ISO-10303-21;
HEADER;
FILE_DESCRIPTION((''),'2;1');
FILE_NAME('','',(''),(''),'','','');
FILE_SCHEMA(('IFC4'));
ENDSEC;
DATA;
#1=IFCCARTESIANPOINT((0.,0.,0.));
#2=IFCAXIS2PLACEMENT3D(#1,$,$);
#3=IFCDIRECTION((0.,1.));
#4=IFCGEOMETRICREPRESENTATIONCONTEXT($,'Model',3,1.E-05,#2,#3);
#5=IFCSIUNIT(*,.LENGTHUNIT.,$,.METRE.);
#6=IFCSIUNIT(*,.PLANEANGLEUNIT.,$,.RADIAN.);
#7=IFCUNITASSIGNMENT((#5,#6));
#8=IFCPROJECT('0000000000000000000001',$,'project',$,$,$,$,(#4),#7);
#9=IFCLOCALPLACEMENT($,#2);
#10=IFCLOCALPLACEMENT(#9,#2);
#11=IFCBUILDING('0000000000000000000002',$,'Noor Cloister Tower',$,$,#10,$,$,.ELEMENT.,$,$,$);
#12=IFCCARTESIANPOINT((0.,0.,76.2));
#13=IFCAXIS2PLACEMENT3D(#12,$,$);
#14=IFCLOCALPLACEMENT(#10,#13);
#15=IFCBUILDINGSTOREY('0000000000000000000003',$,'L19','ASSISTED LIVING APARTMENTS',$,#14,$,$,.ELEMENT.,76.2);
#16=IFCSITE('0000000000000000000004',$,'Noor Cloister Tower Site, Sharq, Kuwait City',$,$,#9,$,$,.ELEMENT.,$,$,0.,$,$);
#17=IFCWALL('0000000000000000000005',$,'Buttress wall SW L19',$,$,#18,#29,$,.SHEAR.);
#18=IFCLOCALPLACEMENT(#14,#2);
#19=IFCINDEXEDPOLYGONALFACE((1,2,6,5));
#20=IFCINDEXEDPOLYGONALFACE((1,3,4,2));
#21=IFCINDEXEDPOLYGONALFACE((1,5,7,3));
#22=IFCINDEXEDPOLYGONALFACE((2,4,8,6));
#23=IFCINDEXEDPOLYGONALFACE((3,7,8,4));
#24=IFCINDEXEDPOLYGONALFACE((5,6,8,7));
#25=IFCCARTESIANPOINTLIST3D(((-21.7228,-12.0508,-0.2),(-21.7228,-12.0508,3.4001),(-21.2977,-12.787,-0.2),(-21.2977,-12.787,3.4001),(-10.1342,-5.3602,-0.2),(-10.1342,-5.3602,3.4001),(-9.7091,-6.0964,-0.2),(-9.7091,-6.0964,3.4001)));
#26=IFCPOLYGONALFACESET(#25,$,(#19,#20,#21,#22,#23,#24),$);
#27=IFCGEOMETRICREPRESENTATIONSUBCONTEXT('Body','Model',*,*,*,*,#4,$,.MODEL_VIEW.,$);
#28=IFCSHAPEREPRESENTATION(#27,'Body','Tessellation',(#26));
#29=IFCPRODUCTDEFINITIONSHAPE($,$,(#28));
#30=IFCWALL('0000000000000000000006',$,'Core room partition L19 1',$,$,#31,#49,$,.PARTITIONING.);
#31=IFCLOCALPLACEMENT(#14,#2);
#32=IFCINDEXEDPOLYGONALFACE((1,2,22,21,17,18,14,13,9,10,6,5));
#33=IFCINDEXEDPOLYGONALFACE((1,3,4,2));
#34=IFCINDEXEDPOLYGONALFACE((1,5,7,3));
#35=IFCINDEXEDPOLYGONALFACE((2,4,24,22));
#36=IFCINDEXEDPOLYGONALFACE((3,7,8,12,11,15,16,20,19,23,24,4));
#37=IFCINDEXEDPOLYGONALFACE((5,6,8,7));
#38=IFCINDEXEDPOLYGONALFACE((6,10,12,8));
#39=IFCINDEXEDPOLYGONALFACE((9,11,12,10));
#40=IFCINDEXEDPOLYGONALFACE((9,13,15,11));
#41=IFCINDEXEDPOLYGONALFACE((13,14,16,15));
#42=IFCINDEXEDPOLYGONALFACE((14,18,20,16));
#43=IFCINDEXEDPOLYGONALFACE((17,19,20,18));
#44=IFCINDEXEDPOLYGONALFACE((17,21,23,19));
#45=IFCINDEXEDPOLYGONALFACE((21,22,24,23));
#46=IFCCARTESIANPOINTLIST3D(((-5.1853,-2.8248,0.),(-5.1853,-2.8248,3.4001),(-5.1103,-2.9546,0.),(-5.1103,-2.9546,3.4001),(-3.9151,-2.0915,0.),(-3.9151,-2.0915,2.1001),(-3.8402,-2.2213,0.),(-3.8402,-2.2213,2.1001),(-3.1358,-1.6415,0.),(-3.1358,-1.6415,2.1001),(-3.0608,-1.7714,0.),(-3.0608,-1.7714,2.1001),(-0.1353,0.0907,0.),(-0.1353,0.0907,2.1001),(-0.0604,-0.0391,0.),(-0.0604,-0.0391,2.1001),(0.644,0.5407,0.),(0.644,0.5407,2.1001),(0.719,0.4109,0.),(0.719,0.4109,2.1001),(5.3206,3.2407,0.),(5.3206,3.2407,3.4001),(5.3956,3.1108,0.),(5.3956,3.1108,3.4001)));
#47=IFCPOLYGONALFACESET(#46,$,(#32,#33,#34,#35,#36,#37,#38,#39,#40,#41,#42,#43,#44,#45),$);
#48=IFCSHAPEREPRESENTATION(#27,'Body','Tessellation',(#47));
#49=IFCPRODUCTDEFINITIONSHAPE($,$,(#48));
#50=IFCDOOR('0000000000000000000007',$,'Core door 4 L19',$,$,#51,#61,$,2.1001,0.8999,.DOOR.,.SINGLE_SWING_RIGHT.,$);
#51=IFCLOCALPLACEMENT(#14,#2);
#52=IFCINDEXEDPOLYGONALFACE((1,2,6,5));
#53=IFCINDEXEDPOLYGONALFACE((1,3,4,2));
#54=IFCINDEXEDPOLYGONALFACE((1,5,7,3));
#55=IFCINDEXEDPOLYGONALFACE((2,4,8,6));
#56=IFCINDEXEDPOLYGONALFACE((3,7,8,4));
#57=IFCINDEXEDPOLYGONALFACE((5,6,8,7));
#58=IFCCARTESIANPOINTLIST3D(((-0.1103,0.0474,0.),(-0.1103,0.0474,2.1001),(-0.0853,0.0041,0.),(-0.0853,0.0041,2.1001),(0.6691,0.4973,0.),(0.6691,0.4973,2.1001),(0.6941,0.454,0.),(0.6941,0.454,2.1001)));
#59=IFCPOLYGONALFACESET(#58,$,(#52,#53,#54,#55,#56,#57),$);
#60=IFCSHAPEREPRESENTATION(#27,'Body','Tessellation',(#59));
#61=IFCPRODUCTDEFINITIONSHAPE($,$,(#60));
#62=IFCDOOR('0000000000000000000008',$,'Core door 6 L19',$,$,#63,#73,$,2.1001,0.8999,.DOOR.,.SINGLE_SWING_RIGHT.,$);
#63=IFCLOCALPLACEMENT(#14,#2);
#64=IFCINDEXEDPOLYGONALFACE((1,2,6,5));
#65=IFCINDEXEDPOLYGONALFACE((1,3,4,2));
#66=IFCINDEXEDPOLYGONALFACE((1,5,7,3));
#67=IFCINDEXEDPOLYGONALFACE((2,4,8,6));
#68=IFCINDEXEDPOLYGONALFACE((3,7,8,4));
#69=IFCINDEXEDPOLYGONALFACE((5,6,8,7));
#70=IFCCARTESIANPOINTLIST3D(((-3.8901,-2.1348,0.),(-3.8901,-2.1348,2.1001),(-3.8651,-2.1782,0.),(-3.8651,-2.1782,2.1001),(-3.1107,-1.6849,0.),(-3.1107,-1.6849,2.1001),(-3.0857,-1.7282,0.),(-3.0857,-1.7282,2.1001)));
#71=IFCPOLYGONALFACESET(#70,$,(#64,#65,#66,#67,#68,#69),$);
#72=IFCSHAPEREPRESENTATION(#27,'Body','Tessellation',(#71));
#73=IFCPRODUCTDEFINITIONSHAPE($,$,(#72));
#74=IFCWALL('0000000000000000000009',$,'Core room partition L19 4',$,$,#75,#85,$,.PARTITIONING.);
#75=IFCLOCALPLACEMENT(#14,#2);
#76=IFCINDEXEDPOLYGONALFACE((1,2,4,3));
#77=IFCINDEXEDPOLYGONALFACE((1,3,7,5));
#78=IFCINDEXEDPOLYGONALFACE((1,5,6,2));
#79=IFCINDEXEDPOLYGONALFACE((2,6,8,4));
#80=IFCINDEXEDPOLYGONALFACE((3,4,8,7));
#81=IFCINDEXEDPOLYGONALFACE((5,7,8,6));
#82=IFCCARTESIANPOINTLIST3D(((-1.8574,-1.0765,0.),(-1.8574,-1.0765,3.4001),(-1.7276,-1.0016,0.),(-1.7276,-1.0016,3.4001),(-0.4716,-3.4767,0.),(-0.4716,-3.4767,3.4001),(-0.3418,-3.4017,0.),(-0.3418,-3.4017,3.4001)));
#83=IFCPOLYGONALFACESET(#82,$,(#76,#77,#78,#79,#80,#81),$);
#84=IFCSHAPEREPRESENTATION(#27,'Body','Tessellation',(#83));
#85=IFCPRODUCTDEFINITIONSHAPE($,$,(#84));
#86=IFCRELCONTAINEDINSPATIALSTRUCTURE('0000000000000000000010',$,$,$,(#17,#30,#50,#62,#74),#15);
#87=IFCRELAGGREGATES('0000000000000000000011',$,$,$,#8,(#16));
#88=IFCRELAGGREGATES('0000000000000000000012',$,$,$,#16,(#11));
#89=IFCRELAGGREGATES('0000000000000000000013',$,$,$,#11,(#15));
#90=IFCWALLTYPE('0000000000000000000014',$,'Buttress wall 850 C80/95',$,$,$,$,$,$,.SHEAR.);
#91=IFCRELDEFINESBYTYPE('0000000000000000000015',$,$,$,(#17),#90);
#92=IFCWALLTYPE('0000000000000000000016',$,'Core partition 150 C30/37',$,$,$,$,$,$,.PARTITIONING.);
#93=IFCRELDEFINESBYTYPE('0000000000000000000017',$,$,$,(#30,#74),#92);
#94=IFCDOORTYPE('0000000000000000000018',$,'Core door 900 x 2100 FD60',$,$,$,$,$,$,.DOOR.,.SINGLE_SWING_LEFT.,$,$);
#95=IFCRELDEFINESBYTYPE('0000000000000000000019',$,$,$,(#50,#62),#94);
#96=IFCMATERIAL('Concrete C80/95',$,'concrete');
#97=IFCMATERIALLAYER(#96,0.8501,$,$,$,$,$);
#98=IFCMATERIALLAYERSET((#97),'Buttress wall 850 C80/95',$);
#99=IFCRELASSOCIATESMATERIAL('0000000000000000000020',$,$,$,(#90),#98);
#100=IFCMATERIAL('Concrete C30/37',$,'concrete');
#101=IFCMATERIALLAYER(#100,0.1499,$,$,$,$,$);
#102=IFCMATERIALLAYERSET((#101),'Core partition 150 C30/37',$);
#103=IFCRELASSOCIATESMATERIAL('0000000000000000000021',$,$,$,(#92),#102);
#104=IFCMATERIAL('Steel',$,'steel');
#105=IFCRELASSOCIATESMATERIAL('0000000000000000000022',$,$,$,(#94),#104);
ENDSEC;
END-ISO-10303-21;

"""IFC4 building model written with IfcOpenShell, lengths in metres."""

from ifc_helpers import new_model, si_unit, direction, frame, frame_2d, origin, place, context, subcontext, project, spatial, rectangle, extrude, material, layer, layer_set, type_object, element, fill, save


model = new_model("IFC4")

# Units and contexts
model_context = context("Model", 3, precision=1e-05, world=origin(), true_north=direction((0.0, 1.0)))
body_context = subcontext(model_context, "Body", "Model", "MODEL_VIEW")
ifc_project = project(units=[si_unit("LENGTHUNIT", "METRE"), si_unit("PLANEANGLEUNIT", "RADIAN")], contexts=[model_context])

# Site, building, storey
site_placement = place(None, origin())
site = spatial("IfcSite", under=ifc_project, at=site_placement, Name="Noor Cloister Tower Site, Sharq, Kuwait City", CompositionType="ELEMENT", RefElevation=0.0)
building_placement = place(site_placement, origin())
building = spatial("IfcBuilding", under=site, at=building_placement, Name="Noor Cloister Tower", CompositionType="ELEMENT")
storey_placement = place(building_placement, frame((0.0, 0.0, 76.2)))
storey = spatial("IfcBuildingStorey", under=building, at=storey_placement, Name="L19", Description="ASSISTED LIVING APARTMENTS", CompositionType="ELEMENT", Elevation=76.2)

# Wall
ifc_material_1 = material(Name="Concrete C80/95", Category="concrete")
ifc_layer_1 = layer(ifc_material_1, 0.8501)
ifc_layer_set_1 = layer_set([ifc_layer_1], Name="Buttress wall 850 C80/95")
wall_type_1 = type_object("IfcWallType", Name="Buttress wall 850 C80/95", PredefinedType="SHEAR", material=ifc_layer_set_1)
wall_1_placement = place(storey_placement, frame((-9.9216, -5.7283, -0.2), z_axis=(0.0, 0.0, 1.0), x_axis=(-0.866026, -0.499999, 0.0)))
element("IfcWall", 1, at=wall_1_placement, inside=storey, type_object=wall_type_1, Name="Buttress wall SW L19", PredefinedType="SHEAR", context=body_context, shape_type="SweptSolid", body=[
    extrude(rectangle(XDim=13.3813, YDim=0.8501, at=frame_2d((6.6907, 0.0))), origin(), (0.0, 0.0, 1.0), 3.6001),
])

# Wall, openings, doors
ifc_material_2 = material(Name="Concrete C30/37", Category="concrete")
ifc_layer_2 = layer(ifc_material_2, 0.1499)
ifc_layer_set_2 = layer_set([ifc_layer_2], Name="Core partition 150 C30/37")
wall_type_2 = type_object("IfcWallType", Name="Core partition 150 C30/37", PredefinedType="PARTITIONING", material=ifc_layer_set_2)
wall_2_placement = place(storey_placement, frame((-5.1477, -2.8896, 0.0), z_axis=(0.0, 0.0, 1.0), x_axis=(0.86603, 0.499992, 0.0)))
wall_2 = element("IfcWall", 2, at=wall_2_placement, inside=storey, type_object=wall_type_2, Name="Core room partition L19 1", PredefinedType="PARTITIONING", context=body_context, shape_type="SweptSolid", body=[
    extrude(rectangle(XDim=12.1311, YDim=0.1499, at=frame_2d((6.0654, 0.0))), origin(), (0.0, 0.0, 1.0), 3.4001),
])
opening_1_placement = place(wall_2_placement, frame((5.8311, 0.0, 0.0)))
opening_1 = element("IfcOpeningElement", 3, at=opening_1_placement, cuts=wall_2, PredefinedType="OPENING", context=body_context, shape_type="SweptSolid", body=[
    extrude(rectangle(XDim=0.8999, YDim=2.1001, at=frame_2d((0.45, 1.05))), frame((0.0, 0.085, 0.0), z_axis=(0.0, -1.0, 0.0), x_axis=(1.0, 0.0, 0.0)), (0.0, 0.0, 1.0), 0.1699),
])
opening_2_placement = place(wall_2_placement, frame((1.4666, 0.0, 0.0)))
opening_2 = element("IfcOpeningElement", 4, at=opening_2_placement, cuts=wall_2, PredefinedType="OPENING", context=body_context, shape_type="SweptSolid", body=[
    extrude(rectangle(XDim=0.8999, YDim=2.1001, at=frame_2d((0.45, 1.05))), frame((0.0, 0.085, 0.0), z_axis=(0.0, -1.0, 0.0), x_axis=(1.0, 0.0, 0.0)), (0.0, 0.0, 1.0), 0.1699),
])
ifc_material_3 = material(Name="Steel", Category="steel")
door_type_1 = type_object("IfcDoorType", Name="Core door 900 x 2100 FD60", OperationType="SINGLE_SWING_LEFT", PredefinedType="DOOR", material=ifc_material_3)
door_1_placement = place(opening_1_placement, origin())
door_1 = element("IfcDoor", 5, at=door_1_placement, inside=storey, type_object=door_type_1, Name="Core door 4 L19", OperationType="SINGLE_SWING_RIGHT", OverallHeight=2.1001, OverallWidth=0.8999, PredefinedType="DOOR", context=body_context, shape_type="SweptSolid", body=[
    extrude(rectangle(XDim=0.8999, YDim=2.1001, at=frame_2d((0.45, 1.05))), frame((0.0, 0.0249, 0.0), z_axis=(0.0, -1.0, 0.0), x_axis=(1.0, 0.0, 0.0)), (0.0, 0.0, 1.0), 0.05),
])
fill(opening_1, door_1)
door_2_placement = place(opening_2_placement, origin())
door_2 = element("IfcDoor", 6, at=door_2_placement, inside=storey, type_object=door_type_1, Name="Core door 6 L19", OperationType="SINGLE_SWING_RIGHT", OverallHeight=2.1001, OverallWidth=0.8999, PredefinedType="DOOR", context=body_context, shape_type="SweptSolid", body=[
    extrude(rectangle(XDim=0.8999, YDim=2.1001, at=frame_2d((0.45, 1.05))), frame((0.0, 0.0249, 0.0), z_axis=(0.0, -1.0, 0.0), x_axis=(1.0, 0.0, 0.0)), (0.0, 0.0, 1.0), 0.05),
])
fill(opening_2, door_2)

# Wall
wall_3_placement = place(storey_placement, frame((-0.4067, -3.4392, 0.0), z_axis=(0.0, 0.0, 1.0), x_axis=(-0.500005, 0.866023, 0.0)))
element("IfcWall", 7, at=wall_3_placement, inside=storey, type_object=wall_type_2, Name="Core room partition L19 4", PredefinedType="PARTITIONING", context=body_context, shape_type="SweptSolid", body=[
    extrude(rectangle(XDim=2.7715, YDim=0.1499, at=frame_2d((1.3857, 0.0))), origin(), (0.0, 0.0, 1.0), 3.4001),
])

save(model, "model.ifc")
